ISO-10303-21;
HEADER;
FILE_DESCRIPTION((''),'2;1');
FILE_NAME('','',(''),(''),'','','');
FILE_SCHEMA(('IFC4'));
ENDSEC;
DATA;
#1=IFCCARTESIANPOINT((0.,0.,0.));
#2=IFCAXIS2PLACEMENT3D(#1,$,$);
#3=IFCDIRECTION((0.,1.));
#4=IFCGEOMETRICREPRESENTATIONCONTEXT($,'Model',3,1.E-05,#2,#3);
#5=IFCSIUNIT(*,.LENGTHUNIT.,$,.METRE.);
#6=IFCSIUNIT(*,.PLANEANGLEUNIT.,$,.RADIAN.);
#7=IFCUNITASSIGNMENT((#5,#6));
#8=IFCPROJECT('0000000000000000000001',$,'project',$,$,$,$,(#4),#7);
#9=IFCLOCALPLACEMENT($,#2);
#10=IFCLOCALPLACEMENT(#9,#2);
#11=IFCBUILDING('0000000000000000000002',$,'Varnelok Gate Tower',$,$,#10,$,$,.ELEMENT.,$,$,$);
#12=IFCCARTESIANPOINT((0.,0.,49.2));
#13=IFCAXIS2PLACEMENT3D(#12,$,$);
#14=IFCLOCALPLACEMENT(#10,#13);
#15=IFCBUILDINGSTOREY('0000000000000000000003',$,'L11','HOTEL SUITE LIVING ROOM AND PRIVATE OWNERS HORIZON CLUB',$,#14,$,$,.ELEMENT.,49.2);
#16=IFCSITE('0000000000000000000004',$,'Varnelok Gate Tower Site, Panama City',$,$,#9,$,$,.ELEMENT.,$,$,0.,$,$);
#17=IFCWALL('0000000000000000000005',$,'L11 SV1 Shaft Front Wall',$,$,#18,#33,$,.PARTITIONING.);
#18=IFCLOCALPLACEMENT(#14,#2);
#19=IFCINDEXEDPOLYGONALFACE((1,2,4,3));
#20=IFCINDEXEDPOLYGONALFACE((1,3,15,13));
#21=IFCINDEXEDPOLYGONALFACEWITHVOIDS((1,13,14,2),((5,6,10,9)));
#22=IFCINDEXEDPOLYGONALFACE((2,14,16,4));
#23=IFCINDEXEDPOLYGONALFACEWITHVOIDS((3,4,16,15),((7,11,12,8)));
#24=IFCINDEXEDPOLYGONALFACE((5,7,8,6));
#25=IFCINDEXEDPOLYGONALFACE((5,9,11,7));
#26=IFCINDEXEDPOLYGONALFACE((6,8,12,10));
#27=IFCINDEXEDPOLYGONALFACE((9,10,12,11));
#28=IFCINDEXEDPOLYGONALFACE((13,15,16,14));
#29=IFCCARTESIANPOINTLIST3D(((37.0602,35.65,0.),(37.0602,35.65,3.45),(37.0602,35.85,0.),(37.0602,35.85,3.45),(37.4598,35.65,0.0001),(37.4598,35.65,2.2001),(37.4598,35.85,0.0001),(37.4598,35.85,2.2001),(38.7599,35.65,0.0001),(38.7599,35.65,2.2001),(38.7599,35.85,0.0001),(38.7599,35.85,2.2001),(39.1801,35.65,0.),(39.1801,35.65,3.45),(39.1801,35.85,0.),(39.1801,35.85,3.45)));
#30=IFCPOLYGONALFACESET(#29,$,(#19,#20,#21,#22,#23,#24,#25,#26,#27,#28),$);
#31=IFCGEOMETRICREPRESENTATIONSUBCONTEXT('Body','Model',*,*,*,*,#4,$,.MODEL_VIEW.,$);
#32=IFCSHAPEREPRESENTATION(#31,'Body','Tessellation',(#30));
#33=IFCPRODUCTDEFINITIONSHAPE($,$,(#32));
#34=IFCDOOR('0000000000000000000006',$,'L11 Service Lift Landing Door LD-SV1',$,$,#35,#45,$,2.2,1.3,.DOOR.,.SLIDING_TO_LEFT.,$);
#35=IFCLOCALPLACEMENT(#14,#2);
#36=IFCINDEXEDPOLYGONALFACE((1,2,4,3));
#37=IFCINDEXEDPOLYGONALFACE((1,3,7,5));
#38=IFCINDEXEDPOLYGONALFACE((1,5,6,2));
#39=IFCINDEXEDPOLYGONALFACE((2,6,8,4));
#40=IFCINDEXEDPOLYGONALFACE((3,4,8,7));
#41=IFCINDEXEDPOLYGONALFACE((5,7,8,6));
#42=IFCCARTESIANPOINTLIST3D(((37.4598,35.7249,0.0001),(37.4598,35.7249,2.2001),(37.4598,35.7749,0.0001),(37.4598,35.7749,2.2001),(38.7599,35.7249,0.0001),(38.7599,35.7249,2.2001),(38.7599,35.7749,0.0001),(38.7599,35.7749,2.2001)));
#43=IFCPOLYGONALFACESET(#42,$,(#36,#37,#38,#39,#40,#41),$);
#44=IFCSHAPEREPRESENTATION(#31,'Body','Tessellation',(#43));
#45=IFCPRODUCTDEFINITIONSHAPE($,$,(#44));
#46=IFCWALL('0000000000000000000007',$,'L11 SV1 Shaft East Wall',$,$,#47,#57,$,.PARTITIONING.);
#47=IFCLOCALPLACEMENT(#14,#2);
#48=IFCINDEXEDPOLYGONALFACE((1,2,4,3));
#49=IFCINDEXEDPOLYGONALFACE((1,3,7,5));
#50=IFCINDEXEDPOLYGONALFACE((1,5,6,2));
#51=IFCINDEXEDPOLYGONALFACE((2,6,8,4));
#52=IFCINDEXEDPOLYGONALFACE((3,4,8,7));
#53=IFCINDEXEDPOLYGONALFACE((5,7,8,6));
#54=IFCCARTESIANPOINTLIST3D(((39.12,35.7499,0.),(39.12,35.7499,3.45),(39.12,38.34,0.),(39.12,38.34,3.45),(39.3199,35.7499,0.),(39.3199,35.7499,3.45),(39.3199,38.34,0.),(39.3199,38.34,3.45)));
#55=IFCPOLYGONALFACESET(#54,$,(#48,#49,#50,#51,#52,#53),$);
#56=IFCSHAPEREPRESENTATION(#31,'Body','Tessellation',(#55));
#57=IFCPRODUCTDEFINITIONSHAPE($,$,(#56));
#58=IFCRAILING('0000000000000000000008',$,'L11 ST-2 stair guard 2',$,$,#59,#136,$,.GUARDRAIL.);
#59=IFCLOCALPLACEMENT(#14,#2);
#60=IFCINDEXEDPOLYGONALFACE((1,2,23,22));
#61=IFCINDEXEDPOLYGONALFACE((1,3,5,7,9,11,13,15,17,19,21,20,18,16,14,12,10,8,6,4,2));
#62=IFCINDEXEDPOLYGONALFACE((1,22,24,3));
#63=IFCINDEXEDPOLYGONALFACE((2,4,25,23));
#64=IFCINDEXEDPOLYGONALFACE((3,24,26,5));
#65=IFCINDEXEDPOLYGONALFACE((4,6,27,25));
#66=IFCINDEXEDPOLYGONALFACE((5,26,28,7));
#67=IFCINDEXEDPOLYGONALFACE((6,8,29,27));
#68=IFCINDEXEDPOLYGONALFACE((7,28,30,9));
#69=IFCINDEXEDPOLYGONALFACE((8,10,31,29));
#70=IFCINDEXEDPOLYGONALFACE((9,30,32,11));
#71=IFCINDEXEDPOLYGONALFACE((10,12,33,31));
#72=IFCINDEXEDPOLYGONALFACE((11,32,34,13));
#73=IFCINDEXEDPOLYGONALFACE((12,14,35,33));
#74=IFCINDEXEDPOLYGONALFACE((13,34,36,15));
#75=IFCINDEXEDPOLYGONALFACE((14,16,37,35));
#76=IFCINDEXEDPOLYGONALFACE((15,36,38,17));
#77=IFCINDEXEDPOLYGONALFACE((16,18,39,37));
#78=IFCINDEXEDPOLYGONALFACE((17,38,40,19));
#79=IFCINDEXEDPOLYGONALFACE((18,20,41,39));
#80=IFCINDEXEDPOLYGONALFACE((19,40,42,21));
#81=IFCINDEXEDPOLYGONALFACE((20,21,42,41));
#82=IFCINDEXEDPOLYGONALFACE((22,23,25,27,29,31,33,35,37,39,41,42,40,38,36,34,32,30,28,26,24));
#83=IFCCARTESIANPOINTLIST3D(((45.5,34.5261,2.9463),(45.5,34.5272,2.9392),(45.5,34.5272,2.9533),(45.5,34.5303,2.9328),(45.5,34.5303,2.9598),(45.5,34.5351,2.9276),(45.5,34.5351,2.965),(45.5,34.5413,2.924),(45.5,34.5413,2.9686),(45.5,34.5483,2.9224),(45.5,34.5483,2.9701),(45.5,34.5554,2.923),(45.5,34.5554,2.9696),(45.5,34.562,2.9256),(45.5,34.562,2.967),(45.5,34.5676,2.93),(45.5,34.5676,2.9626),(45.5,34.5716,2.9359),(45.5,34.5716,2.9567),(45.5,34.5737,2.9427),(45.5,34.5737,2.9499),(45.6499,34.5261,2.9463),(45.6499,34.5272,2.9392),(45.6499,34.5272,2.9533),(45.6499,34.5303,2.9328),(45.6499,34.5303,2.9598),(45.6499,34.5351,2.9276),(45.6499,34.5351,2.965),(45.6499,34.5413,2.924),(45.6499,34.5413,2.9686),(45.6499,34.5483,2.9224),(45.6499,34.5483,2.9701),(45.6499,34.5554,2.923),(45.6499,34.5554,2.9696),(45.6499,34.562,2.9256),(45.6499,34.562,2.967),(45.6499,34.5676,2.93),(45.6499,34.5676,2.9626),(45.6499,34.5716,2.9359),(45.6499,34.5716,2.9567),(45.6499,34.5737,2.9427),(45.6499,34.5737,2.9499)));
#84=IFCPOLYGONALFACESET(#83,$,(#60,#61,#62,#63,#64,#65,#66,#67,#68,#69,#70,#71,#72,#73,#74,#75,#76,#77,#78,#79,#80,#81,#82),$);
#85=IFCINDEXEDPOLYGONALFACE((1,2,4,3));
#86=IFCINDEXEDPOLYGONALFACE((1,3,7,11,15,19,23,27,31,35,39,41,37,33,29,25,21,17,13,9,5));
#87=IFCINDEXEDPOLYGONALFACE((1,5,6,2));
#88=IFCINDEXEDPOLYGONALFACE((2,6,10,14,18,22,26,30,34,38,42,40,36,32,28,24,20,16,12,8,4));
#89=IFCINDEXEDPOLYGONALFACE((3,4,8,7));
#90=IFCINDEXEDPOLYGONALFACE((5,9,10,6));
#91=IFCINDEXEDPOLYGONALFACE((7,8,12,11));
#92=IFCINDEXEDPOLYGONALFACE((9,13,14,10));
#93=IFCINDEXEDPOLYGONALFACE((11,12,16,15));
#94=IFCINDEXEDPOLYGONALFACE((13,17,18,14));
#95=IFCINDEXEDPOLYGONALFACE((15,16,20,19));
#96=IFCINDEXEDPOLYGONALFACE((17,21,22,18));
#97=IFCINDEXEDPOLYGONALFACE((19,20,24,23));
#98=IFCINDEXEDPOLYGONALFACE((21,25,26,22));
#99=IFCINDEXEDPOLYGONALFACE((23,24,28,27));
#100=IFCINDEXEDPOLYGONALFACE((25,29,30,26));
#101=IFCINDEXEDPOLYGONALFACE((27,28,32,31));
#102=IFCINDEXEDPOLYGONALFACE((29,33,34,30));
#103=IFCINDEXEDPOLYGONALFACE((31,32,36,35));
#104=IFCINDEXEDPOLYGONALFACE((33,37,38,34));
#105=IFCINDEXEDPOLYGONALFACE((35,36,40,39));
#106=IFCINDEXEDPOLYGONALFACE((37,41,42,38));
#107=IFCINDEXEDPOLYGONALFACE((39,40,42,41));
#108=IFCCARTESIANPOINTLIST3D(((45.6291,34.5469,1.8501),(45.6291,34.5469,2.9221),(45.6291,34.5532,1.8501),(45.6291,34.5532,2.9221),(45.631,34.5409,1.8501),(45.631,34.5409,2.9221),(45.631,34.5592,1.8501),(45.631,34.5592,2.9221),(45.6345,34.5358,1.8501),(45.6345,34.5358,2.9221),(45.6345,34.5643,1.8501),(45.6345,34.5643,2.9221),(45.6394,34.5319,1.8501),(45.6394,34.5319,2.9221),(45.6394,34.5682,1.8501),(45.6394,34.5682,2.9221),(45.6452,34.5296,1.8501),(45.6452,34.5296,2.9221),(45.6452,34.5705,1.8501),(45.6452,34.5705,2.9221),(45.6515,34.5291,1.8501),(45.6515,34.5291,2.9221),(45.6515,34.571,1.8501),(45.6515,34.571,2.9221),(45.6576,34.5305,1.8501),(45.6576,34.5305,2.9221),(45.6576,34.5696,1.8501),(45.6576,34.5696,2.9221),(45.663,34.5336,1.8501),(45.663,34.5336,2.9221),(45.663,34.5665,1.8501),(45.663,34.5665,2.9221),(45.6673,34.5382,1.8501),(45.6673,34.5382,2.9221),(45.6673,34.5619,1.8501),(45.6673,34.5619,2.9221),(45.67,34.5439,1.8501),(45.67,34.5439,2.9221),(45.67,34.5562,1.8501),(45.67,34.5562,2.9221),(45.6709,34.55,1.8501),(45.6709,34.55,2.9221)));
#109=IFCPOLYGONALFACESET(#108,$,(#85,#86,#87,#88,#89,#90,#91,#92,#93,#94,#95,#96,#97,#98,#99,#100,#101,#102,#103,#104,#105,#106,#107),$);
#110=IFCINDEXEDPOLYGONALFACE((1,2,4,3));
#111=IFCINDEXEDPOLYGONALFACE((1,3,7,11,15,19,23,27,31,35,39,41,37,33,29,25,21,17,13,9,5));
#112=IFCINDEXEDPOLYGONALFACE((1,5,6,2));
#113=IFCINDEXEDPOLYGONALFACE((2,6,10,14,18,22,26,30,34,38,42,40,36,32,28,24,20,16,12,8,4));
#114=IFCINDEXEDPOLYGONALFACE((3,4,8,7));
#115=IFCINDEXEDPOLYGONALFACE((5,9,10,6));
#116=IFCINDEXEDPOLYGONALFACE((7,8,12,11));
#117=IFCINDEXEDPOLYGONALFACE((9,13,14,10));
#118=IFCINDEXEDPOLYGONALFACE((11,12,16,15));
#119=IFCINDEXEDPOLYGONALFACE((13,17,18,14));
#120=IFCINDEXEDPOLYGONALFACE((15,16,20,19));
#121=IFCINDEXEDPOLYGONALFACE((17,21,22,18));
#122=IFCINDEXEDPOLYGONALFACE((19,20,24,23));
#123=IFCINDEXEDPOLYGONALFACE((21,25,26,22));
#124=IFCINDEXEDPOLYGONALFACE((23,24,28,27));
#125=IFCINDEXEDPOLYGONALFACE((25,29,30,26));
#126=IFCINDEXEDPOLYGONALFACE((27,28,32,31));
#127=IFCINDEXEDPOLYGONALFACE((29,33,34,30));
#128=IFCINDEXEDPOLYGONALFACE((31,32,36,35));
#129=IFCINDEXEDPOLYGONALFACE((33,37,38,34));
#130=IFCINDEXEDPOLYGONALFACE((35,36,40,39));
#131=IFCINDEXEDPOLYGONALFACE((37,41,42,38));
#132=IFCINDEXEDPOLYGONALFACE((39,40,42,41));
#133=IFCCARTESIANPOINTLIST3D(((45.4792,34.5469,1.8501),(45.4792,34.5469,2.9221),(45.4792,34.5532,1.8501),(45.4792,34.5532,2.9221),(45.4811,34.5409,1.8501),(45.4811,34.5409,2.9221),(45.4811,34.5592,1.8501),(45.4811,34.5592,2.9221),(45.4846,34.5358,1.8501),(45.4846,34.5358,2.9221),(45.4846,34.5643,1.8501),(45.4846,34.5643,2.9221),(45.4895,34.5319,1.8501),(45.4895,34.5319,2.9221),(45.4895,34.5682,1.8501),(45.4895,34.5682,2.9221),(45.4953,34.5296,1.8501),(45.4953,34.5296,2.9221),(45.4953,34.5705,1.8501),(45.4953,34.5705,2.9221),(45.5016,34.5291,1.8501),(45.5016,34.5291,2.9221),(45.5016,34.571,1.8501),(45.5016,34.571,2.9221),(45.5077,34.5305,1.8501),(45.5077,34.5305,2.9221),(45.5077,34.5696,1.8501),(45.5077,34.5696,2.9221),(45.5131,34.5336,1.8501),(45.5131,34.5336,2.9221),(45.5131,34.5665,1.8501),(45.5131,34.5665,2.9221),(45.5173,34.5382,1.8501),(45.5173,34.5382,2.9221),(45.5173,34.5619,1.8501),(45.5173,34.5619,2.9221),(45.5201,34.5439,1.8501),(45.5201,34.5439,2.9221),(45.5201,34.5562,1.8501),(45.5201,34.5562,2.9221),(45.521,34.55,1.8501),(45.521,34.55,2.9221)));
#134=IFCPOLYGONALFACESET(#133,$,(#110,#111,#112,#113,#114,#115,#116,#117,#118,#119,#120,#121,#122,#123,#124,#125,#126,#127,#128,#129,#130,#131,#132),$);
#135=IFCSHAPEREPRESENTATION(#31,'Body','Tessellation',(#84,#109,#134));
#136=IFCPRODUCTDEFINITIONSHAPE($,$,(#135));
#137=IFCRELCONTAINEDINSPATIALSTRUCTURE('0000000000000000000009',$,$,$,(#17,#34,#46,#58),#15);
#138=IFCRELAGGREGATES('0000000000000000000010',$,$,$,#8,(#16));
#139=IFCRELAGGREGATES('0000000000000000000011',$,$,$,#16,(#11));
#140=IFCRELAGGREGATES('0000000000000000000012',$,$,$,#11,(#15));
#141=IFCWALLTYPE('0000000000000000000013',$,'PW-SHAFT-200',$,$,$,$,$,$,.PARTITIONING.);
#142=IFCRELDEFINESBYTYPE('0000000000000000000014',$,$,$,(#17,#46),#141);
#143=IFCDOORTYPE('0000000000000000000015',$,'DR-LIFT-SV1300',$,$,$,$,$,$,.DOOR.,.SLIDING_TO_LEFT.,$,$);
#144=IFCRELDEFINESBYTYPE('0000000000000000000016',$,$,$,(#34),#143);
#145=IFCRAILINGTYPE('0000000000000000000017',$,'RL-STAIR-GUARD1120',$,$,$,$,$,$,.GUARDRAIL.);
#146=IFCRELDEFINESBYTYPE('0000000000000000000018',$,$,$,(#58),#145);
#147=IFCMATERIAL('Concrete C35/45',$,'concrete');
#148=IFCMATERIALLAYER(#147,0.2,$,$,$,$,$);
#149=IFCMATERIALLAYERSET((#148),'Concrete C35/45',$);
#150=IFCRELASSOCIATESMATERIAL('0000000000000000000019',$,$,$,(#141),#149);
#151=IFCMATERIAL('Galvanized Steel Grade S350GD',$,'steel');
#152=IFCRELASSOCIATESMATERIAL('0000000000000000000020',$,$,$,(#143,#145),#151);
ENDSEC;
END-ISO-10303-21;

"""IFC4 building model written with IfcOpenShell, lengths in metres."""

from ifc_helpers import new_model, si_unit, direction, frame, frame_2d, origin, origin_2d, place, context, subcontext, project, spatial, rectangle, circle, extrude, material, layer, layer_set, type_object, element, fill, save


model = new_model("IFC4")

# Units and contexts
model_context = context("Model", 3, precision=1e-05, world=origin(), true_north=direction((0.0, 1.0)))
body_context = subcontext(model_context, "Body", "Model", "MODEL_VIEW")
ifc_project = project(units=[si_unit("LENGTHUNIT", "METRE"), si_unit("PLANEANGLEUNIT", "RADIAN")], contexts=[model_context])

# Site, building, storey
site_placement = place(None, origin())
site = spatial("IfcSite", under=ifc_project, at=site_placement, Name="Varnelok Gate Tower Site, Panama City", CompositionType="ELEMENT", RefElevation=0.0)
building_placement = place(site_placement, origin())
building = spatial("IfcBuilding", under=site, at=building_placement, Name="Varnelok Gate Tower", CompositionType="ELEMENT")
storey_placement = place(building_placement, frame((0.0, 0.0, 49.2)))
storey = spatial("IfcBuildingStorey", under=building, at=storey_placement, Name="L11", Description="HOTEL SUITE LIVING ROOM AND PRIVATE OWNERS HORIZON CLUB", CompositionType="ELEMENT", Elevation=49.2)

# Shared definitions
ifc_material_1 = material(Name="Galvanized Steel Grade S350GD", Category="steel")

# Shared definitions
ifc_material_2 = material(Name="Concrete C35/45", Category="concrete")
ifc_layer_1 = layer(ifc_material_2, 0.2)
ifc_layer_set_1 = layer_set([ifc_layer_1], Name="Concrete C35/45")
wall_type_1 = type_object("IfcWallType", Name="PW-SHAFT-200", PredefinedType="PARTITIONING", material=ifc_layer_set_1)

# Wall, opening, door
wall_1_placement = place(storey_placement, frame((37.0601, 35.75, 0.0), z_axis=(0.0, 0.0, 1.0), x_axis=(1.0, 0.0, 0.0)))
wall_1 = element("IfcWall", 1, at=wall_1_placement, inside=storey, type_object=wall_type_1, Name="L11 SV1 Shaft Front Wall", PredefinedType="PARTITIONING", context=body_context, shape_type="SweptSolid", body=[
    extrude(rectangle(XDim=2.1199, YDim=0.2, at=frame_2d((1.0601, 0.0))), origin(), (0.0, 0.0, 1.0), 3.45),
])
opening_1_placement = place(wall_1_placement, frame((0.3999, 0.0, 0.0)))
opening_1 = element("IfcOpeningElement", 2, at=opening_1_placement, cuts=wall_1, PredefinedType="OPENING", context=body_context, shape_type="SweptSolid", body=[
    extrude(rectangle(XDim=1.3, YDim=2.2, at=frame_2d((0.6499, 1.1001))), frame((0.0, 0.1099, 0.0), z_axis=(0.0, -1.0, 0.0), x_axis=(1.0, 0.0, 0.0)), (0.0, 0.0, 1.0), 0.22),
])
door_type_1 = type_object("IfcDoorType", Name="DR-LIFT-SV1300", OperationType="SLIDING_TO_LEFT", PredefinedType="DOOR", material=ifc_material_1)
door_1_placement = place(opening_1_placement, origin())
door_1 = element("IfcDoor", 3, at=door_1_placement, inside=storey, type_object=door_type_1, Name="L11 Service Lift Landing Door LD-SV1", OperationType="SLIDING_TO_LEFT", OverallHeight=2.2, OverallWidth=1.3, PredefinedType="DOOR", context=body_context, shape_type="SweptSolid", body=[
    extrude(rectangle(XDim=1.3, YDim=2.2, at=frame_2d((0.6499, 1.1001))), frame((0.0, 0.0249, 0.0), z_axis=(0.0, -1.0, 0.0), x_axis=(1.0, 0.0, 0.0)), (0.0, 0.0, 1.0), 0.05),
])
fill(opening_1, door_1)

# Wall
wall_2_placement = place(storey_placement, frame((39.22, 35.75, 0.0), z_axis=(0.0, 0.0, 1.0), x_axis=(0.0, 1.0, 0.0)))
element("IfcWall", 4, at=wall_2_placement, inside=storey, type_object=wall_type_1, Name="L11 SV1 Shaft East Wall", PredefinedType="PARTITIONING", context=body_context, shape_type="SweptSolid", body=[
    extrude(rectangle(XDim=2.5901, YDim=0.2, at=frame_2d((1.2949, 0.0))), origin(), (0.0, 0.0, 1.0), 3.45),
])

# Railing
railing_type_1 = type_object("IfcRailingType", Name="RL-STAIR-GUARD1120", PredefinedType="GUARDRAIL", material=ifc_material_1)
railing_1_placement = place(storey_placement, frame((45.6499, 34.55, 1.8501)))
element("IfcRailing", 5, at=railing_1_placement, inside=storey, type_object=railing_type_1, Name="L11 ST-2 stair guard 2", PredefinedType="GUARDRAIL", context=body_context, shape_type="SweptSolid", body=[
    extrude(circle(Radius=0.0239, at=origin_2d()), frame((0.0, 0.0, 1.0962), z_axis=(-1.0, 0.0, 0.0), x_axis=(0.0, -1.0, 0.0)), (0.0, 0.0, 1.0), 0.1499),
    extrude(circle(Radius=0.021, at=origin_2d()), origin(), (0.0, 0.0, 1.0), 1.072),
    extrude(circle(Radius=0.021, at=origin_2d()), frame((-0.1499, 0.0, 0.0)), (0.0, 0.0, 1.0), 1.072),
])

save(model, "model.ifc")
